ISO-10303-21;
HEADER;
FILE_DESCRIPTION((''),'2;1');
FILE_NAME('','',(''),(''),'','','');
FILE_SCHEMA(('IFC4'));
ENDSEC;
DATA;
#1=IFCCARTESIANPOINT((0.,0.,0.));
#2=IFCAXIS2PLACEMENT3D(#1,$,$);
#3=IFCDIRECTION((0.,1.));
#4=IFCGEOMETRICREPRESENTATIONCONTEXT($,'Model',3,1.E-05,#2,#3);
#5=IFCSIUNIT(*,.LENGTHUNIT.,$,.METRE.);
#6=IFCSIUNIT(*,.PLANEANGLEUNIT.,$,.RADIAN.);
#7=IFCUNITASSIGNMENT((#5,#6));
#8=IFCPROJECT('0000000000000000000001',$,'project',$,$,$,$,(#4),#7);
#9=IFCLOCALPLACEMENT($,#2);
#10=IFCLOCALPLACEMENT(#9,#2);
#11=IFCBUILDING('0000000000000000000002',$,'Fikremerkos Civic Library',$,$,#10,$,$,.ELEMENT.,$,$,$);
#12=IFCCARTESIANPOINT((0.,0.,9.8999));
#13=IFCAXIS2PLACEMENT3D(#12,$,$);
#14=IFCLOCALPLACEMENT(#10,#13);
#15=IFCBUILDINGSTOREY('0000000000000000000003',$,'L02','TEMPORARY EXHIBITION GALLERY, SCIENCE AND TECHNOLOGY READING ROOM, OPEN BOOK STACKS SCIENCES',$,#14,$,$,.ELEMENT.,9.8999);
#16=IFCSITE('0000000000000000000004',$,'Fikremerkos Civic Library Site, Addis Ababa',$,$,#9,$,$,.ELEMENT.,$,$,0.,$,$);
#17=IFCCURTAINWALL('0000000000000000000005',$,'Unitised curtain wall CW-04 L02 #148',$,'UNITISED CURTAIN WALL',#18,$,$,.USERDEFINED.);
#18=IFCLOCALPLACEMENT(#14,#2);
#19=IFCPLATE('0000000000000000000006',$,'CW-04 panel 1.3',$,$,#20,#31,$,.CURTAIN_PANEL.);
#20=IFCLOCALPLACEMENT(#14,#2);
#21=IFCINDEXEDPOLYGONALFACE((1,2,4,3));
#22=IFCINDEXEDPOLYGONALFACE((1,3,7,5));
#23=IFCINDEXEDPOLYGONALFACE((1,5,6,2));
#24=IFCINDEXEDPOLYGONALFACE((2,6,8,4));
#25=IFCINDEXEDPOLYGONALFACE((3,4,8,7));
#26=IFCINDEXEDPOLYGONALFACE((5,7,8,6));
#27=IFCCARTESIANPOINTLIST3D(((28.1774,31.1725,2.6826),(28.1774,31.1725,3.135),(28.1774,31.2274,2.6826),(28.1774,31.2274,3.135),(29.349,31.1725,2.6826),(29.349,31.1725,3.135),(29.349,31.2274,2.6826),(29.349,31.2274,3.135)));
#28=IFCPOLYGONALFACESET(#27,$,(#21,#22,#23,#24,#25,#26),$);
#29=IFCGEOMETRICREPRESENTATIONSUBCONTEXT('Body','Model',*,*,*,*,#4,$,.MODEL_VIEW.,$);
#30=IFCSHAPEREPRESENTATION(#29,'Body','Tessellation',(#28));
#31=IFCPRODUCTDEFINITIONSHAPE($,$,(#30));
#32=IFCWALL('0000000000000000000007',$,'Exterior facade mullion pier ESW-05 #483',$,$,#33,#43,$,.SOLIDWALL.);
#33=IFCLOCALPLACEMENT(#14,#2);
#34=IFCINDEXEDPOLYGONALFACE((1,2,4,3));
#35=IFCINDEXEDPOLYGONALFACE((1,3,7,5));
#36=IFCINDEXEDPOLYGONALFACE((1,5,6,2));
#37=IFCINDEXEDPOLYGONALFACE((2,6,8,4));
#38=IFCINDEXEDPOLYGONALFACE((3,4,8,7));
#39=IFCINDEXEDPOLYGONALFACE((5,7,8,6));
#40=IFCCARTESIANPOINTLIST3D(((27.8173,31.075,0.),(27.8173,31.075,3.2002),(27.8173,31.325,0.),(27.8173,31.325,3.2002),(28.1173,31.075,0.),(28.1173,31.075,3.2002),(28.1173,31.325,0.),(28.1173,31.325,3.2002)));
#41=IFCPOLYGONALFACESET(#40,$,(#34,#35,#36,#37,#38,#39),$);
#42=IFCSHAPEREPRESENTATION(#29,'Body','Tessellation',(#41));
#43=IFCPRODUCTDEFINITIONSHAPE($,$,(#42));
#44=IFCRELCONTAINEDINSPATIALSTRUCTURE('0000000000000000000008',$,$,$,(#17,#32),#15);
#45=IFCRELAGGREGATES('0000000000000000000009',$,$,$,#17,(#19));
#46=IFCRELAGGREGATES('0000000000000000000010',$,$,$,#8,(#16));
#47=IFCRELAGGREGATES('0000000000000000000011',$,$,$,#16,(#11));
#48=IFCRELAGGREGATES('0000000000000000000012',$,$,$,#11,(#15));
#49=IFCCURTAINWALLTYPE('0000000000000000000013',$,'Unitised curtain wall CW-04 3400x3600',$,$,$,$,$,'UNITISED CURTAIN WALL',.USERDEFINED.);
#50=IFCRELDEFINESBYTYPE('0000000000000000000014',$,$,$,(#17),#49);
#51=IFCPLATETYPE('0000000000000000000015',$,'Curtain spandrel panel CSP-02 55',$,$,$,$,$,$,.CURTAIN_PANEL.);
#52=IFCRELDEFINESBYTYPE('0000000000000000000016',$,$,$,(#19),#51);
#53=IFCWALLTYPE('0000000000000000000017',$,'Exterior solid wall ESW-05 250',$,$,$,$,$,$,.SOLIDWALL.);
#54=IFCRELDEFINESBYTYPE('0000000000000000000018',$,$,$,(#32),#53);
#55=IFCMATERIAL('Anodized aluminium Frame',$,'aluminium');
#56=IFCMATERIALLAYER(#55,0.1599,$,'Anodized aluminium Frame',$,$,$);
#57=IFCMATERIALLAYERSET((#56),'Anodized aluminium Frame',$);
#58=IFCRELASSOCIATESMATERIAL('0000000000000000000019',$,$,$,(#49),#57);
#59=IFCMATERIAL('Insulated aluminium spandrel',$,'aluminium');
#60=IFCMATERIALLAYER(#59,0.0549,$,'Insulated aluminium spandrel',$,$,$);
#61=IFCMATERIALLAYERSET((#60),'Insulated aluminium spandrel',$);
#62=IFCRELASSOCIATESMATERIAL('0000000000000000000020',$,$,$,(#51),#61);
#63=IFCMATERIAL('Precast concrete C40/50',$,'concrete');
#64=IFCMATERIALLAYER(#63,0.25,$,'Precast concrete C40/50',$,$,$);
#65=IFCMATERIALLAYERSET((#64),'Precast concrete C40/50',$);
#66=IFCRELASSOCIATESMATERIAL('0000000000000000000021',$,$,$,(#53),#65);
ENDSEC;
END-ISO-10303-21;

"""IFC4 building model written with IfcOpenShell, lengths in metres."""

from ifc_helpers import new_model, si_unit, direction, frame, frame_2d, origin, origin_2d, place, context, subcontext, project, spatial, rectangle, extrude, material, layer, layer_set, type_object, element, aggregate, save


model = new_model("IFC4")

# Units and contexts
model_context = context("Model", 3, precision=1e-05, world=origin(), true_north=direction((0.0, 1.0)))
body_context = subcontext(model_context, "Body", "Model", "MODEL_VIEW")
ifc_project = project(units=[si_unit("LENGTHUNIT", "METRE"), si_unit("PLANEANGLEUNIT", "RADIAN")], contexts=[model_context])

# Site, building, storey
site_placement = place(None, origin())
site = spatial("IfcSite", under=ifc_project, at=site_placement, Name="Fikremerkos Civic Library Site, Addis Ababa", CompositionType="ELEMENT", RefElevation=0.0)
building_placement = place(site_placement, origin())
building = spatial("IfcBuilding", under=site, at=building_placement, Name="Fikremerkos Civic Library", CompositionType="ELEMENT")
storey_placement = place(building_placement, frame((0.0, 0.0, 9.8999)))
storey = spatial("IfcBuildingStorey", under=building, at=storey_placement, Name="L02", Description="TEMPORARY EXHIBITION GALLERY, SCIENCE AND TECHNOLOGY READING ROOM, OPEN BOOK STACKS SCIENCES", CompositionType="ELEMENT", Elevation=9.8999)

# Curtain wall
ifc_material_1 = material(Name="Anodized aluminium Frame", Category="aluminium")
ifc_layer_1 = layer(ifc_material_1, 0.1599, Name="Anodized aluminium Frame")
ifc_layer_set_1 = layer_set([ifc_layer_1], Name="Anodized aluminium Frame")
curtain_wall_type_1 = type_object("IfcCurtainWallType", Name="Unitised curtain wall CW-04 3400x3600", ElementType="UNITISED CURTAIN WALL", PredefinedType="USERDEFINED", material=ifc_layer_set_1)
curtain_wall_1_placement = place(storey_placement, origin())
curtain_wall_1 = element("IfcCurtainWall", 1, at=curtain_wall_1_placement, inside=storey, type_object=curtain_wall_type_1, Name="Unitised curtain wall CW-04 L02 #148", ObjectType="UNITISED CURTAIN WALL", PredefinedType="USERDEFINED")

# Plate
ifc_material_2 = material(Name="Insulated aluminium spandrel", Category="aluminium")
ifc_layer_2 = layer(ifc_material_2, 0.0549, Name="Insulated aluminium spandrel")
ifc_layer_set_2 = layer_set([ifc_layer_2], Name="Insulated aluminium spandrel")
plate_type_1 = type_object("IfcPlateType", Name="Curtain spandrel panel CSP-02 55", PredefinedType="CURTAIN_PANEL", material=ifc_layer_set_2)
plate_1_placement = place(storey_placement, frame((28.7632, 31.2, 2.6826), z_axis=(0.0, 0.0, 1.0), x_axis=(1.0, 0.0, 0.0)))
plate_1 = element("IfcPlate", 2, at=plate_1_placement, type_object=plate_type_1, Name="CW-04 panel 1.3", PredefinedType="CURTAIN_PANEL", context=body_context, shape_type="SweptSolid", body=[
    extrude(rectangle(XDim=1.1716, YDim=0.0549, at=origin_2d()), origin(), (0.0, 0.0, 1.0), 0.4524),
])
aggregate(curtain_wall_1, [plate_1])

# Wall
ifc_material_3 = material(Name="Precast concrete C40/50", Category="concrete")
ifc_layer_3 = layer(ifc_material_3, 0.25, Name="Precast concrete C40/50")
ifc_layer_set_3 = layer_set([ifc_layer_3], Name="Precast concrete C40/50")
wall_type = type_object("IfcWallType", Name="Exterior solid wall ESW-05 250", PredefinedType="SOLIDWALL", material=ifc_layer_set_3)
wall_placement = place(storey_placement, frame((27.8174, 31.2, 0.0), z_axis=(0.0, 0.0, 1.0), x_axis=(1.0, 0.0, 0.0)))
element("IfcWall", 3, at=wall_placement, inside=storey, type_object=wall_type, Name="Exterior facade mullion pier ESW-05 #483", PredefinedType="SOLIDWALL", context=body_context, shape_type="SweptSolid", body=[
    extrude(rectangle(XDim=0.3, YDim=0.25, at=frame_2d((0.1499, 0.0))), origin(), (0.0, 0.0, 1.0), 3.2002),
])

save(model, "model.ifc")
